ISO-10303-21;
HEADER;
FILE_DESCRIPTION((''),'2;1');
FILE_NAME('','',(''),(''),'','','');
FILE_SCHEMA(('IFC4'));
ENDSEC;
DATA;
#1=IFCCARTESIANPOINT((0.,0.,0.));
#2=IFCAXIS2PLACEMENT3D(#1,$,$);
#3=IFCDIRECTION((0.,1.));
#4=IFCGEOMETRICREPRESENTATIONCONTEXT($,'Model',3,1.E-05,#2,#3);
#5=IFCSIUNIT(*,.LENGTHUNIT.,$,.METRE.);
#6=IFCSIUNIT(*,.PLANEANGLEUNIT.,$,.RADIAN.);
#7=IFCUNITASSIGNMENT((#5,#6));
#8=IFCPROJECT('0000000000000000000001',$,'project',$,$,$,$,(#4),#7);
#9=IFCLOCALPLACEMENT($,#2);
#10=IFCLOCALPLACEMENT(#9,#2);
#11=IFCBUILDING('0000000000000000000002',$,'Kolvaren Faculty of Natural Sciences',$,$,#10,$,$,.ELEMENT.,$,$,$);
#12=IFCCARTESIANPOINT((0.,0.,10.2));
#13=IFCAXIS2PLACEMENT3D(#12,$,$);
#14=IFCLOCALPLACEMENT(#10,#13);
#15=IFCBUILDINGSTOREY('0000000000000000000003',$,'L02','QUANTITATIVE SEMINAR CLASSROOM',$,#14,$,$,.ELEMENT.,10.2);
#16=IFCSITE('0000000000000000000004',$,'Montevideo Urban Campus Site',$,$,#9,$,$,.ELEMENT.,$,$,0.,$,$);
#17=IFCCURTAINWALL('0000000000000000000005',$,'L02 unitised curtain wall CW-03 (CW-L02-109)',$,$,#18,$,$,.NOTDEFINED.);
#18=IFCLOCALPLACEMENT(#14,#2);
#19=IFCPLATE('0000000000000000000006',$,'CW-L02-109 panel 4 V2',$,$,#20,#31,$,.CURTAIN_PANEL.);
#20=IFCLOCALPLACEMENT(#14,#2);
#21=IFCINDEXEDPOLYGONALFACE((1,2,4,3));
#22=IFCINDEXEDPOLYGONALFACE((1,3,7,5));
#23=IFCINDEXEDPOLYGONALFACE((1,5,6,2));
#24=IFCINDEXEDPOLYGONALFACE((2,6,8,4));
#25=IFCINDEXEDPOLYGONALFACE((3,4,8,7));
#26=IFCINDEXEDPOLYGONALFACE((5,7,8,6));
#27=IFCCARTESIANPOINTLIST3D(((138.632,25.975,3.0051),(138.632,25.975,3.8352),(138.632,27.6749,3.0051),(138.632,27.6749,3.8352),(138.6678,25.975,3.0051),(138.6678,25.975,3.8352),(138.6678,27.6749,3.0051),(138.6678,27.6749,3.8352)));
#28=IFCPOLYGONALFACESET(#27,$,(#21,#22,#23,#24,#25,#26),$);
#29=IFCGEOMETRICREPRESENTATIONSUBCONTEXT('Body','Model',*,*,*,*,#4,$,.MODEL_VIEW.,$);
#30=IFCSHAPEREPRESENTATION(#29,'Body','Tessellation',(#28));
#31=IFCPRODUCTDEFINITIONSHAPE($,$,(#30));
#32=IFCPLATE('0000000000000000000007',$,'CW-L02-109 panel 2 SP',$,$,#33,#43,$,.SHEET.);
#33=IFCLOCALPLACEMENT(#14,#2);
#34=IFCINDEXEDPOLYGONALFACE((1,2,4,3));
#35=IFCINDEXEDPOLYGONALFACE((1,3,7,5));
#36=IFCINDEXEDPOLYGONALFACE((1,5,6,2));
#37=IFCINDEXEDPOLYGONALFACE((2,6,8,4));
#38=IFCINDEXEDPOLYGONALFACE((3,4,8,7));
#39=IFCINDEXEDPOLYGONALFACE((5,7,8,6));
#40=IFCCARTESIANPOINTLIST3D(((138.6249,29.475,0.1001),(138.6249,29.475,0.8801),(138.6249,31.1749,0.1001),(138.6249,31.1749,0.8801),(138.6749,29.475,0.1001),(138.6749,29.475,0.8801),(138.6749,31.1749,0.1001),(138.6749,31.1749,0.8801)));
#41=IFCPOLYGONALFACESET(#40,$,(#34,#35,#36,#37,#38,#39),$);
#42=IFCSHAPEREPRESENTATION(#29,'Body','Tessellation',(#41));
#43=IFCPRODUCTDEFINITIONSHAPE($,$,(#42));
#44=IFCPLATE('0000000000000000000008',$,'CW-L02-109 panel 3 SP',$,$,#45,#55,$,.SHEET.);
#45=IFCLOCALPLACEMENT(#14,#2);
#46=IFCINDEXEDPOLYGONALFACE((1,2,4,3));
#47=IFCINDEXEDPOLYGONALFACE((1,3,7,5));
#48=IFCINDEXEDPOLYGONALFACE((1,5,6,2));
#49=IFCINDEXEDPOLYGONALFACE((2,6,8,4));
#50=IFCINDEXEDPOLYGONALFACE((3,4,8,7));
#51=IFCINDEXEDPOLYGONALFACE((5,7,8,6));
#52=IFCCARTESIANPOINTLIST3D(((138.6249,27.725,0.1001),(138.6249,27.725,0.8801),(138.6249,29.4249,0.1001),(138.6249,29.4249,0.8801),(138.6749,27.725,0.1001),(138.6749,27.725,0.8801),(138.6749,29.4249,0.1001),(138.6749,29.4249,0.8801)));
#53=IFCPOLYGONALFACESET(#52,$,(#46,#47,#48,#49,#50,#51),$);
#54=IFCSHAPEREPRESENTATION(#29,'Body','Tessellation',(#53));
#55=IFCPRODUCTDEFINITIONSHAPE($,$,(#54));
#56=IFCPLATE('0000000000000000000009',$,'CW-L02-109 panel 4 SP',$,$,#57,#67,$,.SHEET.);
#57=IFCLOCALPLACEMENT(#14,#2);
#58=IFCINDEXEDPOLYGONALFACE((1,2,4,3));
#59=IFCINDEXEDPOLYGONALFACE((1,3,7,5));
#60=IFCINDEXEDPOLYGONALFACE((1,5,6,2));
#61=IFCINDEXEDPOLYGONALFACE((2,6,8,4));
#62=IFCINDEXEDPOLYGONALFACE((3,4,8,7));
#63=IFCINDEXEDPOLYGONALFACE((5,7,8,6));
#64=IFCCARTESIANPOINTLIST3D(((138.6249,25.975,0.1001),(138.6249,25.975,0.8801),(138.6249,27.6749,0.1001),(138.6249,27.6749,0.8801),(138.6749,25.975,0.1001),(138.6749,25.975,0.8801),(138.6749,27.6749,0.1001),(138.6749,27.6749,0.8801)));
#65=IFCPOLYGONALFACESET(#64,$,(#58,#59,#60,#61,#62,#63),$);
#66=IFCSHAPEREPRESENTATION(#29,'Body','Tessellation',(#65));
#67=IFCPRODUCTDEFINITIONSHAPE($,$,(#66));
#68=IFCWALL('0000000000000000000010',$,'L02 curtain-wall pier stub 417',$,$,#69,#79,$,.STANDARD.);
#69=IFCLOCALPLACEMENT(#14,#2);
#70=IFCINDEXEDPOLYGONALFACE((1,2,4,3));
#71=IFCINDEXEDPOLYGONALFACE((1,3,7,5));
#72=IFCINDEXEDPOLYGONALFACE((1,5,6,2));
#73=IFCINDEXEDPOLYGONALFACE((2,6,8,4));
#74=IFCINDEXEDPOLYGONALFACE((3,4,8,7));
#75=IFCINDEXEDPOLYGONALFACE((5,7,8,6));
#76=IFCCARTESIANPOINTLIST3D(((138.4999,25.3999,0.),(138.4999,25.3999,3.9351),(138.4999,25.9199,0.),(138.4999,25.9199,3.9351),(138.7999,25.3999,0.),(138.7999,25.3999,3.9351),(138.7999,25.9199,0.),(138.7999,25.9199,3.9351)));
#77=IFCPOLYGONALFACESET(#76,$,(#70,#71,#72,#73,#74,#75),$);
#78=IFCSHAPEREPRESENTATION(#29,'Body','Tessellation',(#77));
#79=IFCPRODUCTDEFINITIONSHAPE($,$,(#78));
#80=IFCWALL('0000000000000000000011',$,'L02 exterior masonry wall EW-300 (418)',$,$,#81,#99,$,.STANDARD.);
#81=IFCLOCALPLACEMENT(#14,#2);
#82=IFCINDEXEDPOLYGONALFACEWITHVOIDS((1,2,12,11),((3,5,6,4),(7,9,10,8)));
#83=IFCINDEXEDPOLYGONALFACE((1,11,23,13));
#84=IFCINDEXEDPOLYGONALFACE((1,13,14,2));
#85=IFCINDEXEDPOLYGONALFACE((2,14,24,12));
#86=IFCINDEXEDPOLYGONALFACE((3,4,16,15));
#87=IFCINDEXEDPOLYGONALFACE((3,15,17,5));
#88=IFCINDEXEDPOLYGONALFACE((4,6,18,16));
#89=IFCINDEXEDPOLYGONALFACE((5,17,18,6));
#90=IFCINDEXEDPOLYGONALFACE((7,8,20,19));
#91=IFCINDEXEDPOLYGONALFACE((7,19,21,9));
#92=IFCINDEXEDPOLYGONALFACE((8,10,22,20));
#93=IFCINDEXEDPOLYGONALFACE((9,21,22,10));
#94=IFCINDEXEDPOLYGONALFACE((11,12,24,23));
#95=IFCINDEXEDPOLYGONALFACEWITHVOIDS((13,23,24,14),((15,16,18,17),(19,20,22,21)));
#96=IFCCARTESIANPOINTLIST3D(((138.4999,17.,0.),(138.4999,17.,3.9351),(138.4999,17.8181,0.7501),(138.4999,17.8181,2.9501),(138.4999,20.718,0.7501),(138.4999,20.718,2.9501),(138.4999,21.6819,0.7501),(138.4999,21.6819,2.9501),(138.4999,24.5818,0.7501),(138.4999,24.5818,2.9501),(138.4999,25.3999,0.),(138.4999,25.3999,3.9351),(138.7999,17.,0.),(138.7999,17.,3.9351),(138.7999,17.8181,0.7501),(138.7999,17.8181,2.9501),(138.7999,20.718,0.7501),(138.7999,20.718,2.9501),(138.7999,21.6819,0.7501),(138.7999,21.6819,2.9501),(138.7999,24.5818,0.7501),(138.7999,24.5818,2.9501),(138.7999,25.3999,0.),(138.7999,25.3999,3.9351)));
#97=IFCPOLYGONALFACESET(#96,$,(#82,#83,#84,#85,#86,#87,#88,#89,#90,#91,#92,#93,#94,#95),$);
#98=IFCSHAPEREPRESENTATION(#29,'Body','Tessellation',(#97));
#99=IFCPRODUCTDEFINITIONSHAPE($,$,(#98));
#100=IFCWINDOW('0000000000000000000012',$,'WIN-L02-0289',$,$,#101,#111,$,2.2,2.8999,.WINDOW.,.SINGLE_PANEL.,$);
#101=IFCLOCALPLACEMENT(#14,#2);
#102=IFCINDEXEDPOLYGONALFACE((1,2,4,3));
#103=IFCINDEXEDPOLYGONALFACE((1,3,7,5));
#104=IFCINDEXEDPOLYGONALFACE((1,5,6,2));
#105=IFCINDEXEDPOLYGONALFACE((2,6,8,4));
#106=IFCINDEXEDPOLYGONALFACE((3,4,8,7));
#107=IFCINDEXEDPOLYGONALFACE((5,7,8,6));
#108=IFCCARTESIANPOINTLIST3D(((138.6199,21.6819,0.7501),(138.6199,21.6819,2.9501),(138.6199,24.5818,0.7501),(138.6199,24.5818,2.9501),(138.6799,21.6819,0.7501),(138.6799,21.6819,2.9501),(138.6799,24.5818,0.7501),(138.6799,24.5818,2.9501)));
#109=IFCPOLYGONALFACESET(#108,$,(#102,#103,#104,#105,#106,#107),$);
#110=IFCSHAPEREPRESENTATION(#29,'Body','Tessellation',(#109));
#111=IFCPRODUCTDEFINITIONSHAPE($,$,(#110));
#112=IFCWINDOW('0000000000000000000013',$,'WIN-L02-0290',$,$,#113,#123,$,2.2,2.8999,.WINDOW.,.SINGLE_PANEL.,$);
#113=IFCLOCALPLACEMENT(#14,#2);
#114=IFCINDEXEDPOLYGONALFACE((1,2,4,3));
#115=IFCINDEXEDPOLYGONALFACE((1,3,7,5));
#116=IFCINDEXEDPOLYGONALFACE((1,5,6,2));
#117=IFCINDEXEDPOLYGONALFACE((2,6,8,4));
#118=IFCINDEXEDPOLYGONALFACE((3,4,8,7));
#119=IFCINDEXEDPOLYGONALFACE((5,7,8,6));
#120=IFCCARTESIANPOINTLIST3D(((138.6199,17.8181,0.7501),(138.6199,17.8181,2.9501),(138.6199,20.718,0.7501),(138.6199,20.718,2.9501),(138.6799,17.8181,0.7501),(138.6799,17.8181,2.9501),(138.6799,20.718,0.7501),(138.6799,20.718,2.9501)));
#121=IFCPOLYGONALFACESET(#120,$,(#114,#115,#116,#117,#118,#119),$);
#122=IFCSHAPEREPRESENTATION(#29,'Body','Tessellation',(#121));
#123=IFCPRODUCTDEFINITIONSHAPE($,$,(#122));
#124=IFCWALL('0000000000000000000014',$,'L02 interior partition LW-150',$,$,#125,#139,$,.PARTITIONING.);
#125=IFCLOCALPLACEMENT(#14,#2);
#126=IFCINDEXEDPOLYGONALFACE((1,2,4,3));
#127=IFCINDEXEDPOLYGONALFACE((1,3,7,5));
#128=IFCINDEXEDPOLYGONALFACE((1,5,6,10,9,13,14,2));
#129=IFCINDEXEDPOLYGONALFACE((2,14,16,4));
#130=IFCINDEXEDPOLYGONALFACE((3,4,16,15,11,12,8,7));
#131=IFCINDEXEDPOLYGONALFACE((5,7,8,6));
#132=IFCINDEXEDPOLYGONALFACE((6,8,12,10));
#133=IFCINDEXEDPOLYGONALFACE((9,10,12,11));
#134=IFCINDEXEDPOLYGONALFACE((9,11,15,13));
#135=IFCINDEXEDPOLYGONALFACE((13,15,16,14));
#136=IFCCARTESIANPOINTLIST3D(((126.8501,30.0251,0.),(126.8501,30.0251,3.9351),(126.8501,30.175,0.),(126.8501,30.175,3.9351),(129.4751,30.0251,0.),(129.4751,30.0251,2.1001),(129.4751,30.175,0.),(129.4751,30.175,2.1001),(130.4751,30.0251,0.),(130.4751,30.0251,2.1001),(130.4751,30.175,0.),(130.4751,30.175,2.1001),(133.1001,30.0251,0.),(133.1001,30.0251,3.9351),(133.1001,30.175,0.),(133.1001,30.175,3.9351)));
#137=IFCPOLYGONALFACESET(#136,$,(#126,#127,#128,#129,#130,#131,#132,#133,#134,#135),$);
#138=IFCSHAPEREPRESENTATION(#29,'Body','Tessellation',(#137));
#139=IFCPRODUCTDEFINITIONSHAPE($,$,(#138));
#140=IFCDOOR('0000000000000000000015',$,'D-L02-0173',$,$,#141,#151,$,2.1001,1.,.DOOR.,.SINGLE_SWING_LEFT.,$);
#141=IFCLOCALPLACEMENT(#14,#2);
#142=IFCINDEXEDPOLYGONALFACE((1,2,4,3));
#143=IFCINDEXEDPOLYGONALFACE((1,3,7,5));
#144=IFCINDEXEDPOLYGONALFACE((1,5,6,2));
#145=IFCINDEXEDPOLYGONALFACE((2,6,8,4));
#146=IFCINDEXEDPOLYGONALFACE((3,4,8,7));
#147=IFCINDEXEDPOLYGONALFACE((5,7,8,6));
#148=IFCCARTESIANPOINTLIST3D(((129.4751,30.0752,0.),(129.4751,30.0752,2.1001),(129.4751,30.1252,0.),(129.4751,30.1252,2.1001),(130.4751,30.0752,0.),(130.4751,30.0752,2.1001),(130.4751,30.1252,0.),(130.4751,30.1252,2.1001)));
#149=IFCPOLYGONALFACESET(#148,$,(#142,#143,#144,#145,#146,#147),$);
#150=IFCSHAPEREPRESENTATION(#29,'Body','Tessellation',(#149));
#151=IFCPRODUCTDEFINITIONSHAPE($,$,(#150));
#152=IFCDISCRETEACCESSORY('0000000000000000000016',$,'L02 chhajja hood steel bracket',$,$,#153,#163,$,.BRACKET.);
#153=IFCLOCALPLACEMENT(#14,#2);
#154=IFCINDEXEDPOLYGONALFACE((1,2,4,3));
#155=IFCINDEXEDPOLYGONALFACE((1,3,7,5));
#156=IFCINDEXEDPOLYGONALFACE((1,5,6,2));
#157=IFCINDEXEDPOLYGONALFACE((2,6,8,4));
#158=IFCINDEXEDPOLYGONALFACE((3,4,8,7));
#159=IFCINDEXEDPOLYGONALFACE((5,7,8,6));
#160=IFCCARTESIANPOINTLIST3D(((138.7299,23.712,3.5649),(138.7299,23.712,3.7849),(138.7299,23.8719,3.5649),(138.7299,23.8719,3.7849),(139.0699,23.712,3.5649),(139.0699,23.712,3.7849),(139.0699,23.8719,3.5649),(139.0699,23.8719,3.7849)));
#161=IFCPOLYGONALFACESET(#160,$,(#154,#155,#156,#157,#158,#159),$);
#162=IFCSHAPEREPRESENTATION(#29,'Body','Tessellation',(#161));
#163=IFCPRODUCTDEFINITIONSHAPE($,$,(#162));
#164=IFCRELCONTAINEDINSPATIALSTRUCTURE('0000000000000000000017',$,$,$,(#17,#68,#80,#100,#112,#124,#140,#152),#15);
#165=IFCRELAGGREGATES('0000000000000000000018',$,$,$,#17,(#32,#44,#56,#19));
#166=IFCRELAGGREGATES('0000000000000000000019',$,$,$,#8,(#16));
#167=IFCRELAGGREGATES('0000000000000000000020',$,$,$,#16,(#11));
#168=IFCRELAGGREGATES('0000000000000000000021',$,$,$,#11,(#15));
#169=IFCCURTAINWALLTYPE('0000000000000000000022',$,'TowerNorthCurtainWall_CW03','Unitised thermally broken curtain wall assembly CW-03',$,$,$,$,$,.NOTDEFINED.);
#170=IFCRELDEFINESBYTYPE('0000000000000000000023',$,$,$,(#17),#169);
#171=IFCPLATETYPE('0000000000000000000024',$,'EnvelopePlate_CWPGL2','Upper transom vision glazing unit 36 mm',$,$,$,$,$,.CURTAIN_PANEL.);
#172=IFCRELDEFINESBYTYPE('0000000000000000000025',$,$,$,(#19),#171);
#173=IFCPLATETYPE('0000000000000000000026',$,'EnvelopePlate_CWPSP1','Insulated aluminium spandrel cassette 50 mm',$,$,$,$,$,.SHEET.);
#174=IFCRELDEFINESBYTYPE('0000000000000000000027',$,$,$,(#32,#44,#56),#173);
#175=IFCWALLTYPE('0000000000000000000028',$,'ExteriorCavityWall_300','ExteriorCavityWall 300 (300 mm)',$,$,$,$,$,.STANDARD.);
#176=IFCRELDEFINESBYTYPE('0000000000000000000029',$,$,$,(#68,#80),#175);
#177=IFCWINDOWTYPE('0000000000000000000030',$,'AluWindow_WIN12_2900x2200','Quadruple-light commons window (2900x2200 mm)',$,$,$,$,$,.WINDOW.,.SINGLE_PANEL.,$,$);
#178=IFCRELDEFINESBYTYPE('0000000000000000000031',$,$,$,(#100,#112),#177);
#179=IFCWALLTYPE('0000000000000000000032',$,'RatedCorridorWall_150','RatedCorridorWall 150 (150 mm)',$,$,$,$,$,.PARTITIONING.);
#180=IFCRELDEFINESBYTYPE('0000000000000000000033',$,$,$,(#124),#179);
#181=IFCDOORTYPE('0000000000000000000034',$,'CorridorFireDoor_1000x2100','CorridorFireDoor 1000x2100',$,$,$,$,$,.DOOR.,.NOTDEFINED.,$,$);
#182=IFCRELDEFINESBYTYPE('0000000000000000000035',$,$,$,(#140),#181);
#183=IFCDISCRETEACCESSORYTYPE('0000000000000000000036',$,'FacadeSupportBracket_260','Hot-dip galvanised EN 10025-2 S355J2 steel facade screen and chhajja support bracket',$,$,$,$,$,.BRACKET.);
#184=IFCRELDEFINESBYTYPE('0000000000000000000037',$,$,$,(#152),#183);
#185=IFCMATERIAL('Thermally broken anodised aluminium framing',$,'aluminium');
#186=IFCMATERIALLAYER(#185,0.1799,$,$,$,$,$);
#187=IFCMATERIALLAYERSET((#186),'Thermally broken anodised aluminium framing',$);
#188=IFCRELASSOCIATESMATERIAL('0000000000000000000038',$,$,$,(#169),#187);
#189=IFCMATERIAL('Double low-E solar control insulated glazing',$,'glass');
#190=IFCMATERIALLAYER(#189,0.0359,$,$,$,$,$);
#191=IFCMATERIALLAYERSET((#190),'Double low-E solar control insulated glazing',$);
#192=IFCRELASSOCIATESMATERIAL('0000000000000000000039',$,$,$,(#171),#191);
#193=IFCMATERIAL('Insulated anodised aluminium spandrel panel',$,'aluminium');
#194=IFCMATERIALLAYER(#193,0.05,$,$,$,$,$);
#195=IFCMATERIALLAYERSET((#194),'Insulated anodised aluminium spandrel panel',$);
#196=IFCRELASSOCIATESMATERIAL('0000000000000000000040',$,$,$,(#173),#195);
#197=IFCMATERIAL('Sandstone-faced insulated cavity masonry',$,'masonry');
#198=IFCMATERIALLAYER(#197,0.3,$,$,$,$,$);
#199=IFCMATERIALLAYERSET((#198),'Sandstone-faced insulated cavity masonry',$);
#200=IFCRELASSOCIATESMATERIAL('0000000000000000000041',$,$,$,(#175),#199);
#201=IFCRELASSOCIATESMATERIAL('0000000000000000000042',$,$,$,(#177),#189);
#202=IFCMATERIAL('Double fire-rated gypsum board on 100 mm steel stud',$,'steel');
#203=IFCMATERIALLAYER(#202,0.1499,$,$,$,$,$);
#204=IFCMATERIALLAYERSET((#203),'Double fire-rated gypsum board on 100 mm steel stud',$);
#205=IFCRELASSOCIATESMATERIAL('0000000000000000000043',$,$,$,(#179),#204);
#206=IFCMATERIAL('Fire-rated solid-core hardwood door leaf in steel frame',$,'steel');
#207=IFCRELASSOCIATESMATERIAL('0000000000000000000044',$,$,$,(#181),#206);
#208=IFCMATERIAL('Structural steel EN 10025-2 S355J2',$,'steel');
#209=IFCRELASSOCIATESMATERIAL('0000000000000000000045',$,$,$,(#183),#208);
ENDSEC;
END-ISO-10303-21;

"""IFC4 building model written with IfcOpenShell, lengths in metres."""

from ifc_helpers import new_model, si_unit, direction, frame, frame_2d, origin, origin_2d, place, context, subcontext, project, spatial, rectangle, extrude, material, layer, layer_set, type_object, element, fill, aggregate, save


model = new_model("IFC4")

# Units and contexts
model_context = context("Model", 3, precision=1e-05, world=origin(), true_north=direction((0.0, 1.0)))
body_context = subcontext(model_context, "Body", "Model", "MODEL_VIEW")
ifc_project = project(units=[si_unit("LENGTHUNIT", "METRE"), si_unit("PLANEANGLEUNIT", "RADIAN")], contexts=[model_context])

# Site, building, storey
site_placement = place(None, origin())
site = spatial("IfcSite", under=ifc_project, at=site_placement, Name="Montevideo Urban Campus Site", CompositionType="ELEMENT", RefElevation=0.0)
building_placement = place(site_placement, origin())
building = spatial("IfcBuilding", under=site, at=building_placement, Name="Kolvaren Faculty of Natural Sciences", CompositionType="ELEMENT")
storey_placement = place(building_placement, frame((0.0, 0.0, 10.2)))
storey = spatial("IfcBuildingStorey", under=building, at=storey_placement, Name="L02", Description="QUANTITATIVE SEMINAR CLASSROOM", CompositionType="ELEMENT", Elevation=10.2)

# Curtain wall
ifc_material_1 = material(Name="Thermally broken anodised aluminium framing", Category="aluminium")
ifc_layer_1 = layer(ifc_material_1, 0.1799)
ifc_layer_set_1 = layer_set([ifc_layer_1], Name="Thermally broken anodised aluminium framing")
curtain_wall_type = type_object("IfcCurtainWallType", Name="TowerNorthCurtainWall_CW03", Description="Unitised thermally broken curtain wall assembly CW-03", PredefinedType="NOTDEFINED", material=ifc_layer_set_1)
curtain_wall_placement = place(storey_placement, origin())
curtain_wall = element("IfcCurtainWall", 1, at=curtain_wall_placement, inside=storey, type_object=curtain_wall_type, Name="L02 unitised curtain wall CW-03 (CW-L02-109)", PredefinedType="NOTDEFINED")

# Plates
ifc_material_2 = material(Name="Double low-E solar control insulated glazing", Category="glass")
ifc_layer_2 = layer(ifc_material_2, 0.0359)
ifc_layer_set_2 = layer_set([ifc_layer_2], Name="Double low-E solar control insulated glazing")
plate_type_1 = type_object("IfcPlateType", Name="EnvelopePlate_CWPGL2", Description="Upper transom vision glazing unit 36 mm", PredefinedType="CURTAIN_PANEL", material=ifc_layer_set_2)
plate_1_placement = place(storey_placement, frame((138.6499, 26.825, 3.0051), z_axis=(0.0, 0.0, 1.0), x_axis=(0.0, -1.0, 0.0)))
plate_1 = element("IfcPlate", 2, at=plate_1_placement, type_object=plate_type_1, Name="CW-L02-109 panel 4 V2", PredefinedType="CURTAIN_PANEL", context=body_context, shape_type="SweptSolid", body=[
    extrude(rectangle(XDim=1.7, YDim=0.0359, at=origin_2d()), origin(), (0.0, 0.0, 1.0), 0.8301),
])
ifc_material_3 = material(Name="Insulated anodised aluminium spandrel panel", Category="aluminium")
ifc_layer_3 = layer(ifc_material_3, 0.05)
ifc_layer_set_3 = layer_set([ifc_layer_3], Name="Insulated anodised aluminium spandrel panel")
plate_type_2 = type_object("IfcPlateType", Name="EnvelopePlate_CWPSP1", Description="Insulated aluminium spandrel cassette 50 mm", PredefinedType="SHEET", material=ifc_layer_set_3)
plate_2_placement = place(storey_placement, frame((138.6499, 30.325, 0.1001), z_axis=(0.0, 0.0, 1.0), x_axis=(0.0, -1.0, 0.0)))
plate_2 = element("IfcPlate", 3, at=plate_2_placement, type_object=plate_type_2, Name="CW-L02-109 panel 2 SP", PredefinedType="SHEET", context=body_context, shape_type="SweptSolid", body=[
    extrude(rectangle(XDim=1.7, YDim=0.05, at=origin_2d()), origin(), (0.0, 0.0, 1.0), 0.78),
])
plate_3_placement = place(storey_placement, frame((138.6499, 28.575, 0.1001), z_axis=(0.0, 0.0, 1.0), x_axis=(0.0, -1.0, 0.0)))
plate_3 = element("IfcPlate", 4, at=plate_3_placement, type_object=plate_type_2, Name="CW-L02-109 panel 3 SP", PredefinedType="SHEET", context=body_context, shape_type="SweptSolid", body=[
    extrude(rectangle(XDim=1.7, YDim=0.05, at=origin_2d()), origin(), (0.0, 0.0, 1.0), 0.78),
])
plate_4_placement = place(storey_placement, frame((138.6499, 26.825, 0.1001), z_axis=(0.0, 0.0, 1.0), x_axis=(0.0, -1.0, 0.0)))
plate_4 = element("IfcPlate", 5, at=plate_4_placement, type_object=plate_type_2, Name="CW-L02-109 panel 4 SP", PredefinedType="SHEET", context=body_context, shape_type="SweptSolid", body=[
    extrude(rectangle(XDim=1.7, YDim=0.05, at=origin_2d()), origin(), (0.0, 0.0, 1.0), 0.78),
])
aggregate(curtain_wall, [plate_2, plate_3, plate_4, plate_1])

# Wall
ifc_material_4 = material(Name="Sandstone-faced insulated cavity masonry", Category="masonry")
ifc_layer_4 = layer(ifc_material_4, 0.3)
ifc_layer_set_4 = layer_set([ifc_layer_4], Name="Sandstone-faced insulated cavity masonry")
wall_type_1 = type_object("IfcWallType", Name="ExteriorCavityWall_300", Description="ExteriorCavityWall 300 (300 mm)", PredefinedType="STANDARD", material=ifc_layer_set_4)
wall_1_placement = place(storey_placement, frame((138.6499, 25.9199, 0.0), z_axis=(0.0, 0.0, 1.0), x_axis=(0.0, -1.0, 0.0)))
element("IfcWall", 6, at=wall_1_placement, inside=storey, type_object=wall_type_1, Name="L02 curtain-wall pier stub 417", PredefinedType="STANDARD", context=body_context, shape_type="SweptSolid", body=[
    extrude(rectangle(XDim=0.52, YDim=0.3, at=frame_2d((0.26, 0.0))), origin(), (0.0, 0.0, 1.0), 3.9351),
])

# Wall, openings, windows
wall_2_placement = place(storey_placement, frame((138.6499, 25.3999, 0.0), z_axis=(0.0, 0.0, 1.0), x_axis=(0.0, -1.0, 0.0)))
wall_2 = element("IfcWall", 7, at=wall_2_placement, inside=storey, type_object=wall_type_1, Name="L02 exterior masonry wall EW-300 (418)", PredefinedType="STANDARD", context=body_context, shape_type="SweptSolid", body=[
    extrude(rectangle(XDim=8.3999, YDim=0.3, at=frame_2d((4.2, 0.0))), origin(), (0.0, 0.0, 1.0), 3.9351),
])
opening_1_placement = place(wall_2_placement, frame((0.8181, 0.0, 0.75)))
opening_1 = element("IfcOpeningElement", 8, at=opening_1_placement, cuts=wall_2, PredefinedType="OPENING", context=body_context, shape_type="SweptSolid", body=[
    extrude(rectangle(XDim=2.8999, YDim=2.2, at=frame_2d((1.45, 1.1001))), frame((0.0, 0.1599, 0.0), z_axis=(0.0, -1.0, 0.0), x_axis=(1.0, 0.0, 0.0)), (0.0, 0.0, 1.0), 0.3201),
])
opening_2_placement = place(wall_2_placement, frame((4.6819, 0.0, 0.75)))
opening_2 = element("IfcOpeningElement", 9, at=opening_2_placement, cuts=wall_2, PredefinedType="OPENING", context=body_context, shape_type="SweptSolid", body=[
    extrude(rectangle(XDim=2.8999, YDim=2.2, at=frame_2d((1.45, 1.1001))), frame((0.0, 0.1599, 0.0), z_axis=(0.0, -1.0, 0.0), x_axis=(1.0, 0.0, 0.0)), (0.0, 0.0, 1.0), 0.3201),
])
window_type = type_object("IfcWindowType", Name="AluWindow_WIN12_2900x2200", Description="Quadruple-light commons window (2900x2200 mm)", PartitioningType="SINGLE_PANEL", PredefinedType="WINDOW", material=ifc_material_2)
window_1_placement = place(opening_1_placement, origin())
window_1 = element("IfcWindow", 10, at=window_1_placement, inside=storey, type_object=window_type, Name="WIN-L02-0289", OverallHeight=2.2, OverallWidth=2.8999, PartitioningType="SINGLE_PANEL", PredefinedType="WINDOW", context=body_context, shape_type="SweptSolid", body=[
    extrude(rectangle(XDim=2.8999, YDim=2.2, at=frame_2d((1.45, 1.1001))), frame((0.0, 0.03, 0.0), z_axis=(0.0, -1.0, 0.0), x_axis=(1.0, 0.0, 0.0)), (0.0, 0.0, 1.0), 0.0601),
])
fill(opening_1, window_1)
window_2_placement = place(opening_2_placement, origin())
window_2 = element("IfcWindow", 11, at=window_2_placement, inside=storey, type_object=window_type, Name="WIN-L02-0290", OverallHeight=2.2, OverallWidth=2.8999, PartitioningType="SINGLE_PANEL", PredefinedType="WINDOW", context=body_context, shape_type="SweptSolid", body=[
    extrude(rectangle(XDim=2.8999, YDim=2.2, at=frame_2d((1.45, 1.1001))), frame((0.0, 0.03, 0.0), z_axis=(0.0, -1.0, 0.0), x_axis=(1.0, 0.0, 0.0)), (0.0, 0.0, 1.0), 0.0601),
])
fill(opening_2, window_2)

# Wall, opening, door
ifc_material_5 = material(Name="Double fire-rated gypsum board on 100 mm steel stud", Category="steel")
ifc_layer_5 = layer(ifc_material_5, 0.1499)
ifc_layer_set_5 = layer_set([ifc_layer_5], Name="Double fire-rated gypsum board on 100 mm steel stud")
wall_type_2 = type_object("IfcWallType", Name="RatedCorridorWall_150", Description="RatedCorridorWall 150 (150 mm)", PredefinedType="PARTITIONING", material=ifc_layer_set_5)
wall_3_placement = place(storey_placement, frame((133.1001, 30.1001, 0.0), z_axis=(0.0, 0.0, 1.0), x_axis=(-1.0, 0.0, 0.0)))
wall_3 = element("IfcWall", 12, at=wall_3_placement, inside=storey, type_object=wall_type_2, Name="L02 interior partition LW-150", PredefinedType="PARTITIONING", context=body_context, shape_type="SweptSolid", body=[
    extrude(rectangle(XDim=6.25, YDim=0.1499, at=frame_2d((3.125, 0.0))), origin(), (0.0, 0.0, 1.0), 3.9351),
])
opening_3_placement = place(wall_3_placement, frame((2.625, 0.0, 0.0)))
opening_3 = element("IfcOpeningElement", 13, at=opening_3_placement, cuts=wall_3, PredefinedType="OPENING", context=body_context, shape_type="SweptSolid", body=[
    extrude(rectangle(XDim=1.0, YDim=2.1001, at=frame_2d((0.5, 1.05))), frame((0.0, 0.085, 0.0), z_axis=(0.0, -1.0, 0.0), x_axis=(1.0, 0.0, 0.0)), (0.0, 0.0, 1.0), 0.1699),
])
ifc_material_6 = material(Name="Fire-rated solid-core hardwood door leaf in steel frame", Category="steel")
door_type = type_object("IfcDoorType", Name="CorridorFireDoor_1000x2100", Description="CorridorFireDoor 1000x2100", OperationType="NOTDEFINED", PredefinedType="DOOR", material=ifc_material_6)
door_placement = place(opening_3_placement, origin())
door = element("IfcDoor", 14, at=door_placement, inside=storey, type_object=door_type, Name="D-L02-0173", OperationType="SINGLE_SWING_LEFT", OverallHeight=2.1001, OverallWidth=1.0, PredefinedType="DOOR", context=body_context, shape_type="SweptSolid", body=[
    extrude(rectangle(XDim=1.0, YDim=2.1001, at=frame_2d((0.5, 1.05))), frame((0.0, 0.0249, 0.0), z_axis=(0.0, -1.0, 0.0), x_axis=(1.0, 0.0, 0.0)), (0.0, 0.0, 1.0), 0.05),
])
fill(opening_3, door)

# Discrete accessory
ifc_material_7 = material(Name="Structural steel EN 10025-2 S355J2", Category="steel")
discrete_accessory_type = type_object("IfcDiscreteAccessoryType", Name="FacadeSupportBracket_260", Description="Hot-dip galvanised EN 10025-2 S355J2 steel facade screen and chhajja support bracket", PredefinedType="BRACKET", material=ifc_material_7)
discrete_accessory_placement = place(storey_placement, frame((138.8999, 23.792, 3.5649), z_axis=(0.0, 0.0, 1.0), x_axis=(0.0, -1.0, 0.0)))
element("IfcDiscreteAccessory", 15, at=discrete_accessory_placement, inside=storey, type_object=discrete_accessory_type, Name="L02 chhajja hood steel bracket", PredefinedType="BRACKET", context=body_context, shape_type="SweptSolid", body=[
    extrude(rectangle(XDim=0.1599, YDim=0.3401, at=origin_2d()), origin(), (0.0, 0.0, 1.0), 0.22),
])

save(model, "model.ifc")
